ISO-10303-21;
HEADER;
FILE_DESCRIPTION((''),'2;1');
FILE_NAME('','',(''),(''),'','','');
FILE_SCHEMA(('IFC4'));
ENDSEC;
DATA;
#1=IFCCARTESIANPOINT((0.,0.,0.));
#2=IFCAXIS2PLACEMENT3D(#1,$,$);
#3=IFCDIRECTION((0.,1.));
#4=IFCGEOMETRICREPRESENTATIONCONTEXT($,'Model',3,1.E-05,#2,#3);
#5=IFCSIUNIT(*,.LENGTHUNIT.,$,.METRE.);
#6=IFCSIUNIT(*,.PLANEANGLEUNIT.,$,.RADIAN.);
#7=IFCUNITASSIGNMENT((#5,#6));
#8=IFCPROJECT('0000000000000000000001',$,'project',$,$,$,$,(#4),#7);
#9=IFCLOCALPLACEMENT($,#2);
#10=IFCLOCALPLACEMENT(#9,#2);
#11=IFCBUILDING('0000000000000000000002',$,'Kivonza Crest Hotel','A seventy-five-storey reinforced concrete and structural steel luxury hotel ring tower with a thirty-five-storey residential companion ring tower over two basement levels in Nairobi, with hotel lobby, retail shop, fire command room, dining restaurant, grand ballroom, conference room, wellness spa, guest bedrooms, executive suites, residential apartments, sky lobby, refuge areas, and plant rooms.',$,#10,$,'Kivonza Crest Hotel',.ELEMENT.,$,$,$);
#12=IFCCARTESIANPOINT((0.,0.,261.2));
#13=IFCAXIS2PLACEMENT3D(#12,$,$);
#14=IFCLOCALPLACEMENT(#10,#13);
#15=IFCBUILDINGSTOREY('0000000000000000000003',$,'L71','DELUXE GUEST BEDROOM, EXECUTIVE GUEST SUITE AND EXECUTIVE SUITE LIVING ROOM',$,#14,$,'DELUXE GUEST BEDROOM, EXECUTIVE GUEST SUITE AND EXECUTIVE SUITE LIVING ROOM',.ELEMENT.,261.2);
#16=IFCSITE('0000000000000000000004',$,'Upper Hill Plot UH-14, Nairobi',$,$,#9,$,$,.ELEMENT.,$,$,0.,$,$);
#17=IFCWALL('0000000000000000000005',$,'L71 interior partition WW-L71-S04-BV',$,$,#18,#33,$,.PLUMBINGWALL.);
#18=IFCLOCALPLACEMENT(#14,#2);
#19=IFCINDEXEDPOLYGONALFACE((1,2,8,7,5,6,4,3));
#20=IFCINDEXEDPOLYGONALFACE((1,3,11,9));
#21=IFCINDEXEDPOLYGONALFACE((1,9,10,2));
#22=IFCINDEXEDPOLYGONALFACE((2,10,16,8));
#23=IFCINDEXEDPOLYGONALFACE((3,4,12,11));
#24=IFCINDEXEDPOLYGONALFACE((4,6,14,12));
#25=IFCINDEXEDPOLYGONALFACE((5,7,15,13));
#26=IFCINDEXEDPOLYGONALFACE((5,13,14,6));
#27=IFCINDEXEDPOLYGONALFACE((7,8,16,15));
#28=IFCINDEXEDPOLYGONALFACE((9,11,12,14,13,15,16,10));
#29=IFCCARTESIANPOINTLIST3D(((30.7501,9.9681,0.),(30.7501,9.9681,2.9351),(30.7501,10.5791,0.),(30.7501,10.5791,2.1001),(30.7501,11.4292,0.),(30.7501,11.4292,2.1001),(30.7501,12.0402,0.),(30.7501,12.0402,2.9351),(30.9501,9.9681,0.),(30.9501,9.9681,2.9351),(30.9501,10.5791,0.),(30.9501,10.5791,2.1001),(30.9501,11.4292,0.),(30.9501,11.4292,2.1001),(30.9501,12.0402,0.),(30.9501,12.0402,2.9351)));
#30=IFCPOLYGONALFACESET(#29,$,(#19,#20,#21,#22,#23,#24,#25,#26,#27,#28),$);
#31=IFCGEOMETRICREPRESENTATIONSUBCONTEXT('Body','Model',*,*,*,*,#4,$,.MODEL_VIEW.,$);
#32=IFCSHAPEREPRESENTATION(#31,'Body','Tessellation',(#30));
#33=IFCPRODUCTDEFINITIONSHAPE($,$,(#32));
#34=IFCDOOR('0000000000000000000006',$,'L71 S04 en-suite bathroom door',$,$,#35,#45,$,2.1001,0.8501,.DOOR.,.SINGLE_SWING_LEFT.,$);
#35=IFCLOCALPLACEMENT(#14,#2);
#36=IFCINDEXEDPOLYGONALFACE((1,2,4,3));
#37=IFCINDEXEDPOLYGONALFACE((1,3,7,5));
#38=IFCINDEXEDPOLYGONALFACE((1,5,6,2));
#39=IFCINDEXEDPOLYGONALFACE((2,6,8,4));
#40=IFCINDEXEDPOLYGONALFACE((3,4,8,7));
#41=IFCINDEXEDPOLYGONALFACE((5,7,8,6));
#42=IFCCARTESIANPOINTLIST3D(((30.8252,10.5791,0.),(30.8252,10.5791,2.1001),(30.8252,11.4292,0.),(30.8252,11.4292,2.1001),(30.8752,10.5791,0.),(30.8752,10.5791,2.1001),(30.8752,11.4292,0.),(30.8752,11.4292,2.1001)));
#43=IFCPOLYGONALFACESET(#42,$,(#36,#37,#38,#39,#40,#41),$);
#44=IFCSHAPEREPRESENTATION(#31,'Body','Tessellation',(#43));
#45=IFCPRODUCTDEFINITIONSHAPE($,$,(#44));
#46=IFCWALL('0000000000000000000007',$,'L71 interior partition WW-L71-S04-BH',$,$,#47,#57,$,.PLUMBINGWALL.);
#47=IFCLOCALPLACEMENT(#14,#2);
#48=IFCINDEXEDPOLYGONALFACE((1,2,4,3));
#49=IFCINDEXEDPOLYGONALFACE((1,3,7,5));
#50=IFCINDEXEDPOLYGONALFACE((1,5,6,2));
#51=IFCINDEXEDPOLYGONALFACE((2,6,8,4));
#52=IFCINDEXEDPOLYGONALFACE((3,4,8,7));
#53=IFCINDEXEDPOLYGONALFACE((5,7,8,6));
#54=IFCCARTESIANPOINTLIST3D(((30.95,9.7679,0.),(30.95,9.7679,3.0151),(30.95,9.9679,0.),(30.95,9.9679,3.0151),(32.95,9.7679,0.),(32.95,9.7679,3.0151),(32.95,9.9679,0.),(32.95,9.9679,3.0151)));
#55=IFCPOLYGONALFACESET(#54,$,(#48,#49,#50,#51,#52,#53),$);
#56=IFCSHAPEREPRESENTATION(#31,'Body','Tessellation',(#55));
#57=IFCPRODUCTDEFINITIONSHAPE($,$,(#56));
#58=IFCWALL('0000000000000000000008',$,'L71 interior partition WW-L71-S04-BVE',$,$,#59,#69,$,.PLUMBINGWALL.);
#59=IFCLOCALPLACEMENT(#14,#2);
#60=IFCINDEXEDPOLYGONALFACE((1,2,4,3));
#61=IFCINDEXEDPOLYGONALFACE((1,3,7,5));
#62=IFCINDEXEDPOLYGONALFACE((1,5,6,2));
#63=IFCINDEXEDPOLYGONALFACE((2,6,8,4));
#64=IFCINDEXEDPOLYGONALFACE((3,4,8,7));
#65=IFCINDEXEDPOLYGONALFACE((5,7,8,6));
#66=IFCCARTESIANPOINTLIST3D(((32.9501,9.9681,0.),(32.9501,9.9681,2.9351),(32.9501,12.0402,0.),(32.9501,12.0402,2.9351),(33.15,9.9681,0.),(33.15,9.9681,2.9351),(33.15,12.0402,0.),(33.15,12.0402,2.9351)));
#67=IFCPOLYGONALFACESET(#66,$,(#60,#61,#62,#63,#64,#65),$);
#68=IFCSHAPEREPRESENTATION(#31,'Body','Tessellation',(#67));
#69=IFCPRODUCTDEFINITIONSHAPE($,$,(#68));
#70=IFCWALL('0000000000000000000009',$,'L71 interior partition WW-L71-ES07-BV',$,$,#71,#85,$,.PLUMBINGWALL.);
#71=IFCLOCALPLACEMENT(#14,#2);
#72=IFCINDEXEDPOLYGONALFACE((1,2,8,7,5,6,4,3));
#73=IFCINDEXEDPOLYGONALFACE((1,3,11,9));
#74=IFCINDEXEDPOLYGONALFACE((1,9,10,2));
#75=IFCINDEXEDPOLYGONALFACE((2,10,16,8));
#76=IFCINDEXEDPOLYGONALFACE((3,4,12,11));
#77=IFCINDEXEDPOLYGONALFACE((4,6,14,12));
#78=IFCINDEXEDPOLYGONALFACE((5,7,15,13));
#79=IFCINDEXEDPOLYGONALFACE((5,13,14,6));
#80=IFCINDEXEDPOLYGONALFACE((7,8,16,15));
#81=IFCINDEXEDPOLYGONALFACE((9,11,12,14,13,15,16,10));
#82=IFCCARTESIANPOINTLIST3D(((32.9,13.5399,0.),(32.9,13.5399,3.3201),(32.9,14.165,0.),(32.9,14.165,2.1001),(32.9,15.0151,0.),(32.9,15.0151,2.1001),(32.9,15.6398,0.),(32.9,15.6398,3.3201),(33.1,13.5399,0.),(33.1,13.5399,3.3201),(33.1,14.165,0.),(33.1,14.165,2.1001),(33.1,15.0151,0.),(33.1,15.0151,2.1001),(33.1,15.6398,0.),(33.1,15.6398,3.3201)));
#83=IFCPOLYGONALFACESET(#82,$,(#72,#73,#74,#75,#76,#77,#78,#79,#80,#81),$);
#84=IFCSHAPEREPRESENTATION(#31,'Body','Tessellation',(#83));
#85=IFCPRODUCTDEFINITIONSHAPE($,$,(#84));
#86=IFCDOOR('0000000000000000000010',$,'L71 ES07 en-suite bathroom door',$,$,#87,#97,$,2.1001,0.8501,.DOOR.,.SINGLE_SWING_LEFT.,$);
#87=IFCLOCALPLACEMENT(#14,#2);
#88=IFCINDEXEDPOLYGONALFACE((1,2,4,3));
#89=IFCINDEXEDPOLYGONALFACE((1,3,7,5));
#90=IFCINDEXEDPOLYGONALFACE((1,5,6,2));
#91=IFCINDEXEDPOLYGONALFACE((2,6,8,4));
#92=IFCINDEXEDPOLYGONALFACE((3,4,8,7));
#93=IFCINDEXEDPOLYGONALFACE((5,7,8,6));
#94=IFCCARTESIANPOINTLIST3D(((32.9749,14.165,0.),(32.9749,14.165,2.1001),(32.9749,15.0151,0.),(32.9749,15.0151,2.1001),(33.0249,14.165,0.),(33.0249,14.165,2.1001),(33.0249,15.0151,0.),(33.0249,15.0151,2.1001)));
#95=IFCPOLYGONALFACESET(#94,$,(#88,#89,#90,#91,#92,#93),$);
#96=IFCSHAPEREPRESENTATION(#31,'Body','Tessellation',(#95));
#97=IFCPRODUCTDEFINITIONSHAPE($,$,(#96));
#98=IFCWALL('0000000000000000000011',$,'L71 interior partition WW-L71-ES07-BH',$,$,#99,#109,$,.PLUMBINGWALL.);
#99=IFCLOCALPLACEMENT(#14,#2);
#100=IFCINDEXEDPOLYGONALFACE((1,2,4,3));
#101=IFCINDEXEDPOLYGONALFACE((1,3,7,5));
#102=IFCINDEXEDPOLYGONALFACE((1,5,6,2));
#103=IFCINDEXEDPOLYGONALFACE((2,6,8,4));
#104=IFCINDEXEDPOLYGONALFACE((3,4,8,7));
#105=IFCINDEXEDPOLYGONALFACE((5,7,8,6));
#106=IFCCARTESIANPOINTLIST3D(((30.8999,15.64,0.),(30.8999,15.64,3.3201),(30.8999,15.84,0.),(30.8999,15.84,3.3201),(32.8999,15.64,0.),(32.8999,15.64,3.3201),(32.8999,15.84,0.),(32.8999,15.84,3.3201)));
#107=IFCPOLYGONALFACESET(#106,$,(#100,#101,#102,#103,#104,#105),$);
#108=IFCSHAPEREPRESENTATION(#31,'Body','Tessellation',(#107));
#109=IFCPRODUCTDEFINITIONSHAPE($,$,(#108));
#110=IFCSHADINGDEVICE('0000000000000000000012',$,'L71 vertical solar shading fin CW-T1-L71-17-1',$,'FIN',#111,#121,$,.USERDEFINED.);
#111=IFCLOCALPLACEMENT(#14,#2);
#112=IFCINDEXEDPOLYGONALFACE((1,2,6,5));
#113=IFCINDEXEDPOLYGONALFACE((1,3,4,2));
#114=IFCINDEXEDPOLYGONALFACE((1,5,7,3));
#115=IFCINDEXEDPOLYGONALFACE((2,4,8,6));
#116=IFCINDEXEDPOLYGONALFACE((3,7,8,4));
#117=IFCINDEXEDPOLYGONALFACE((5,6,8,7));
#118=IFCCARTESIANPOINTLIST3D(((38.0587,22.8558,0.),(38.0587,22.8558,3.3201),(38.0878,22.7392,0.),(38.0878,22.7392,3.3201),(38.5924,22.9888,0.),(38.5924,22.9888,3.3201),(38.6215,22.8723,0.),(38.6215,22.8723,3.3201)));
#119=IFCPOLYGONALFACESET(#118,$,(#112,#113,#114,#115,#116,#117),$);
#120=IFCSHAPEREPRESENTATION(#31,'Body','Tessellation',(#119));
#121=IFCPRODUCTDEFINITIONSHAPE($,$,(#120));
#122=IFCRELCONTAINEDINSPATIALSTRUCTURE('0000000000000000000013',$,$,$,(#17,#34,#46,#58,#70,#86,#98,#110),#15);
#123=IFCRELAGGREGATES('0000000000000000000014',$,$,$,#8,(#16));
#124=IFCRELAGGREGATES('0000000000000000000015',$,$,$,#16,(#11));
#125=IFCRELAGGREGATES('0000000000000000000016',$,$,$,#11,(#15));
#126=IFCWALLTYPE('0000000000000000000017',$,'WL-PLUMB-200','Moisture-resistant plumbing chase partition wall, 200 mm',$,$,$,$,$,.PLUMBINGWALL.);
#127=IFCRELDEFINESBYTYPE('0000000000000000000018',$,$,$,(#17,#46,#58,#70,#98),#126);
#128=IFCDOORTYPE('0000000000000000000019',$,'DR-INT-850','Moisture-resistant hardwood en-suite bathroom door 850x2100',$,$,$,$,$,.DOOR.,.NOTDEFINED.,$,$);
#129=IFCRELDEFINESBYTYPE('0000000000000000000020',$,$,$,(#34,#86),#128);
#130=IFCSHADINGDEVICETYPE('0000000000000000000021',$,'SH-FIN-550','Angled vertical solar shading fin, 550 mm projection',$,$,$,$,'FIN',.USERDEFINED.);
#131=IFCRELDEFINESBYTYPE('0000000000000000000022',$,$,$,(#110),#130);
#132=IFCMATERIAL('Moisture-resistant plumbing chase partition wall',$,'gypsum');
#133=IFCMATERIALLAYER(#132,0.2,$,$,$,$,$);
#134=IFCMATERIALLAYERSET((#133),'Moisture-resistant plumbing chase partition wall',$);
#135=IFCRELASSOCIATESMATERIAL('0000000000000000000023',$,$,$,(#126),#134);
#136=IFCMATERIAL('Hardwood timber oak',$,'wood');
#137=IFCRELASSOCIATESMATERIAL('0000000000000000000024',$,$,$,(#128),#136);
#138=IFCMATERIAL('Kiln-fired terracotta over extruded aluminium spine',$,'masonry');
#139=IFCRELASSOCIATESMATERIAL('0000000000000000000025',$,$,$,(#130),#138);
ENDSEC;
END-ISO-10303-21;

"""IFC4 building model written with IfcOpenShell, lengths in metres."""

from ifc_helpers import new_model, si_unit, direction, frame, frame_2d, origin, origin_2d, place, context, subcontext, project, spatial, rectangle, extrude, material, layer, layer_set, type_object, element, fill, save


model = new_model("IFC4")

# Units and contexts
model_context = context("Model", 3, precision=1e-05, world=origin(), true_north=direction((0.0, 1.0)))
body_context = subcontext(model_context, "Body", "Model", "MODEL_VIEW")
ifc_project = project(units=[si_unit("LENGTHUNIT", "METRE"), si_unit("PLANEANGLEUNIT", "RADIAN")], contexts=[model_context])

# Site, building, storey
site_placement = place(None, origin())
site = spatial("IfcSite", under=ifc_project, at=site_placement, Name="Upper Hill Plot UH-14, Nairobi", CompositionType="ELEMENT", RefElevation=0.0)
building_placement = place(site_placement, origin())
building = spatial("IfcBuilding", under=site, at=building_placement, Name="Kivonza Crest Hotel", Description="A seventy-five-storey reinforced concrete and structural steel luxury hotel ring tower with a thirty-five-storey residential companion ring tower over two basement levels in Nairobi, with hotel lobby, retail shop, fire command room, dining restaurant, grand ballroom, conference room, wellness spa, guest bedrooms, executive suites, residential apartments, sky lobby, refuge areas, and plant rooms.", LongName="Kivonza Crest Hotel", CompositionType="ELEMENT")
storey_placement = place(building_placement, frame((0.0, 0.0, 261.2)))
storey = spatial("IfcBuildingStorey", under=building, at=storey_placement, Name="L71", Description="DELUXE GUEST BEDROOM, EXECUTIVE GUEST SUITE AND EXECUTIVE SUITE LIVING ROOM", LongName="DELUXE GUEST BEDROOM, EXECUTIVE GUEST SUITE AND EXECUTIVE SUITE LIVING ROOM", CompositionType="ELEMENT", Elevation=261.2)

# Shared definitions
ifc_material_1 = material(Name="Hardwood timber oak", Category="wood")

# Wall, opening, door
ifc_material_2 = material(Name="Moisture-resistant plumbing chase partition wall", Category="gypsum")
ifc_layer_1 = layer(ifc_material_2, 0.2)
ifc_layer_set_1 = layer_set([ifc_layer_1], Name="Moisture-resistant plumbing chase partition wall")
wall_type_1 = type_object("IfcWallType", Name="WL-PLUMB-200", Description="Moisture-resistant plumbing chase partition wall, 200 mm", PredefinedType="PLUMBINGWALL", material=ifc_layer_set_1)
wall_1_placement = place(storey_placement, frame((30.8501, 9.968, 0.0), z_axis=(0.0, 0.0, 1.0), x_axis=(0.0, 1.0, 0.0)))
wall_1 = element("IfcWall", 1, at=wall_1_placement, inside=storey, type_object=wall_type_1, Name="L71 interior partition WW-L71-S04-BV", PredefinedType="PLUMBINGWALL", context=body_context, shape_type="SweptSolid", body=[
    extrude(rectangle(XDim=2.072, YDim=0.2, at=frame_2d((1.0361, 0.0))), origin(), (0.0, 0.0, 1.0), 2.9351),
])
opening_1_placement = place(wall_1_placement, frame((0.6111, 0.0, 0.0)))
opening_1 = element("IfcOpeningElement", 2, at=opening_1_placement, cuts=wall_1, PredefinedType="OPENING", context=body_context, shape_type="SweptSolid", body=[
    extrude(rectangle(XDim=0.8501, YDim=2.1001, at=frame_2d((0.425, 1.05))), frame((0.0, 0.1099, 0.0), z_axis=(0.0, -1.0, 0.0), x_axis=(1.0, 0.0, 0.0)), (0.0, 0.0, 1.0), 0.22),
])
door_type_1 = type_object("IfcDoorType", Name="DR-INT-850", Description="Moisture-resistant hardwood en-suite bathroom door 850x2100", OperationType="NOTDEFINED", PredefinedType="DOOR", material=ifc_material_1)
door_1_placement = place(opening_1_placement, origin())
door_1 = element("IfcDoor", 3, at=door_1_placement, inside=storey, type_object=door_type_1, Name="L71 S04 en-suite bathroom door", OperationType="SINGLE_SWING_LEFT", OverallHeight=2.1001, OverallWidth=0.8501, PredefinedType="DOOR", context=body_context, shape_type="SweptSolid", body=[
    extrude(rectangle(XDim=0.8501, YDim=2.1001, at=frame_2d((0.425, 1.05))), frame((0.0, 0.0249, 0.0), z_axis=(0.0, -1.0, 0.0), x_axis=(1.0, 0.0, 0.0)), (0.0, 0.0, 1.0), 0.05),
])
fill(opening_1, door_1)

# Walls
wall_2_placement = place(storey_placement, frame((30.95, 9.8679, 0.0), z_axis=(0.0, 0.0, 1.0), x_axis=(1.0, 0.0, 0.0)))
element("IfcWall", 4, at=wall_2_placement, inside=storey, type_object=wall_type_1, Name="L71 interior partition WW-L71-S04-BH", PredefinedType="PLUMBINGWALL", context=body_context, shape_type="SweptSolid", body=[
    extrude(rectangle(XDim=2.0, YDim=0.2, at=frame_2d((1.0, 0.0))), origin(), (0.0, 0.0, 1.0), 3.0151),
])
wall_3_placement = place(storey_placement, frame((33.05, 9.968, 0.0), z_axis=(0.0, 0.0, 1.0), x_axis=(0.0, 1.0, 0.0)))
element("IfcWall", 5, at=wall_3_placement, inside=storey, type_object=wall_type_1, Name="L71 interior partition WW-L71-S04-BVE", PredefinedType="PLUMBINGWALL", context=body_context, shape_type="SweptSolid", body=[
    extrude(rectangle(XDim=2.072, YDim=0.2, at=frame_2d((1.0361, 0.0))), origin(), (0.0, 0.0, 1.0), 2.9351),
])

# Wall, opening, door
wall_4_placement = place(storey_placement, frame((33.0, 13.54, 0.0), z_axis=(0.0, 0.0, 1.0), x_axis=(0.0, 1.0, 0.0)))
wall_4 = element("IfcWall", 6, at=wall_4_placement, inside=storey, type_object=wall_type_1, Name="L71 interior partition WW-L71-ES07-BV", PredefinedType="PLUMBINGWALL", context=body_context, shape_type="SweptSolid", body=[
    extrude(rectangle(XDim=2.0999, YDim=0.2, at=frame_2d((1.0498, 0.0))), origin(), (0.0, 0.0, 1.0), 3.3201),
])
opening_2_placement = place(wall_4_placement, frame((0.625, 0.0, 0.0)))
opening_2 = element("IfcOpeningElement", 7, at=opening_2_placement, cuts=wall_4, PredefinedType="OPENING", context=body_context, shape_type="SweptSolid", body=[
    extrude(rectangle(XDim=0.8501, YDim=2.1001, at=frame_2d((0.425, 1.05))), frame((0.0, 0.1099, 0.0), z_axis=(0.0, -1.0, 0.0), x_axis=(1.0, 0.0, 0.0)), (0.0, 0.0, 1.0), 0.22),
])
door_2_placement = place(opening_2_placement, frame((0.8501, 0.0, 0.0), z_axis=(0.0, 0.0, 1.0), x_axis=(-1.0, 0.0, 0.0)))
door_2 = element("IfcDoor", 8, at=door_2_placement, inside=storey, type_object=door_type_1, Name="L71 ES07 en-suite bathroom door", OperationType="SINGLE_SWING_LEFT", OverallHeight=2.1001, OverallWidth=0.8501, PredefinedType="DOOR", context=body_context, shape_type="SweptSolid", body=[
    extrude(rectangle(XDim=0.8501, YDim=2.1001, at=frame_2d((0.425, 1.05))), frame((0.0, 0.0249, 0.0), z_axis=(0.0, -1.0, 0.0), x_axis=(1.0, 0.0, 0.0)), (0.0, 0.0, 1.0), 0.05),
])
fill(opening_2, door_2)

# Wall
wall_5_placement = place(storey_placement, frame((30.8999, 15.74, 0.0), z_axis=(0.0, 0.0, 1.0), x_axis=(1.0, 0.0, 0.0)))
element("IfcWall", 9, at=wall_5_placement, inside=storey, type_object=wall_type_1, Name="L71 interior partition WW-L71-ES07-BH", PredefinedType="PLUMBINGWALL", context=body_context, shape_type="SweptSolid", body=[
    extrude(rectangle(XDim=2.0, YDim=0.2, at=frame_2d((1.0, 0.0))), origin(), (0.0, 0.0, 1.0), 3.3201),
])

# Shading device
ifc_material_3 = material(Name="Kiln-fired terracotta over extruded aluminium spine", Category="masonry")
shading_device_type = type_object("IfcShadingDeviceType", Name="SH-FIN-550", Description="Angled vertical solar shading fin, 550 mm projection", ElementType="FIN", PredefinedType="USERDEFINED", material=ifc_material_3)
shading_device_placement = place(storey_placement, frame((38.3401, 22.864, 0.0), z_axis=(0.0, 0.0, 1.0), x_axis=(-0.241922, 0.970296, 0.0)))
element("IfcShadingDevice", 10, at=shading_device_placement, inside=storey, type_object=shading_device_type, Name="L71 vertical solar shading fin CW-T1-L71-17-1", ObjectType="FIN", PredefinedType="USERDEFINED", context=body_context, shape_type="SweptSolid", body=[
    extrude(rectangle(XDim=0.1201, YDim=0.55, at=origin_2d()), origin(), (0.0, 0.0, 1.0), 3.3201),
])

save(model, "model.ifc")
